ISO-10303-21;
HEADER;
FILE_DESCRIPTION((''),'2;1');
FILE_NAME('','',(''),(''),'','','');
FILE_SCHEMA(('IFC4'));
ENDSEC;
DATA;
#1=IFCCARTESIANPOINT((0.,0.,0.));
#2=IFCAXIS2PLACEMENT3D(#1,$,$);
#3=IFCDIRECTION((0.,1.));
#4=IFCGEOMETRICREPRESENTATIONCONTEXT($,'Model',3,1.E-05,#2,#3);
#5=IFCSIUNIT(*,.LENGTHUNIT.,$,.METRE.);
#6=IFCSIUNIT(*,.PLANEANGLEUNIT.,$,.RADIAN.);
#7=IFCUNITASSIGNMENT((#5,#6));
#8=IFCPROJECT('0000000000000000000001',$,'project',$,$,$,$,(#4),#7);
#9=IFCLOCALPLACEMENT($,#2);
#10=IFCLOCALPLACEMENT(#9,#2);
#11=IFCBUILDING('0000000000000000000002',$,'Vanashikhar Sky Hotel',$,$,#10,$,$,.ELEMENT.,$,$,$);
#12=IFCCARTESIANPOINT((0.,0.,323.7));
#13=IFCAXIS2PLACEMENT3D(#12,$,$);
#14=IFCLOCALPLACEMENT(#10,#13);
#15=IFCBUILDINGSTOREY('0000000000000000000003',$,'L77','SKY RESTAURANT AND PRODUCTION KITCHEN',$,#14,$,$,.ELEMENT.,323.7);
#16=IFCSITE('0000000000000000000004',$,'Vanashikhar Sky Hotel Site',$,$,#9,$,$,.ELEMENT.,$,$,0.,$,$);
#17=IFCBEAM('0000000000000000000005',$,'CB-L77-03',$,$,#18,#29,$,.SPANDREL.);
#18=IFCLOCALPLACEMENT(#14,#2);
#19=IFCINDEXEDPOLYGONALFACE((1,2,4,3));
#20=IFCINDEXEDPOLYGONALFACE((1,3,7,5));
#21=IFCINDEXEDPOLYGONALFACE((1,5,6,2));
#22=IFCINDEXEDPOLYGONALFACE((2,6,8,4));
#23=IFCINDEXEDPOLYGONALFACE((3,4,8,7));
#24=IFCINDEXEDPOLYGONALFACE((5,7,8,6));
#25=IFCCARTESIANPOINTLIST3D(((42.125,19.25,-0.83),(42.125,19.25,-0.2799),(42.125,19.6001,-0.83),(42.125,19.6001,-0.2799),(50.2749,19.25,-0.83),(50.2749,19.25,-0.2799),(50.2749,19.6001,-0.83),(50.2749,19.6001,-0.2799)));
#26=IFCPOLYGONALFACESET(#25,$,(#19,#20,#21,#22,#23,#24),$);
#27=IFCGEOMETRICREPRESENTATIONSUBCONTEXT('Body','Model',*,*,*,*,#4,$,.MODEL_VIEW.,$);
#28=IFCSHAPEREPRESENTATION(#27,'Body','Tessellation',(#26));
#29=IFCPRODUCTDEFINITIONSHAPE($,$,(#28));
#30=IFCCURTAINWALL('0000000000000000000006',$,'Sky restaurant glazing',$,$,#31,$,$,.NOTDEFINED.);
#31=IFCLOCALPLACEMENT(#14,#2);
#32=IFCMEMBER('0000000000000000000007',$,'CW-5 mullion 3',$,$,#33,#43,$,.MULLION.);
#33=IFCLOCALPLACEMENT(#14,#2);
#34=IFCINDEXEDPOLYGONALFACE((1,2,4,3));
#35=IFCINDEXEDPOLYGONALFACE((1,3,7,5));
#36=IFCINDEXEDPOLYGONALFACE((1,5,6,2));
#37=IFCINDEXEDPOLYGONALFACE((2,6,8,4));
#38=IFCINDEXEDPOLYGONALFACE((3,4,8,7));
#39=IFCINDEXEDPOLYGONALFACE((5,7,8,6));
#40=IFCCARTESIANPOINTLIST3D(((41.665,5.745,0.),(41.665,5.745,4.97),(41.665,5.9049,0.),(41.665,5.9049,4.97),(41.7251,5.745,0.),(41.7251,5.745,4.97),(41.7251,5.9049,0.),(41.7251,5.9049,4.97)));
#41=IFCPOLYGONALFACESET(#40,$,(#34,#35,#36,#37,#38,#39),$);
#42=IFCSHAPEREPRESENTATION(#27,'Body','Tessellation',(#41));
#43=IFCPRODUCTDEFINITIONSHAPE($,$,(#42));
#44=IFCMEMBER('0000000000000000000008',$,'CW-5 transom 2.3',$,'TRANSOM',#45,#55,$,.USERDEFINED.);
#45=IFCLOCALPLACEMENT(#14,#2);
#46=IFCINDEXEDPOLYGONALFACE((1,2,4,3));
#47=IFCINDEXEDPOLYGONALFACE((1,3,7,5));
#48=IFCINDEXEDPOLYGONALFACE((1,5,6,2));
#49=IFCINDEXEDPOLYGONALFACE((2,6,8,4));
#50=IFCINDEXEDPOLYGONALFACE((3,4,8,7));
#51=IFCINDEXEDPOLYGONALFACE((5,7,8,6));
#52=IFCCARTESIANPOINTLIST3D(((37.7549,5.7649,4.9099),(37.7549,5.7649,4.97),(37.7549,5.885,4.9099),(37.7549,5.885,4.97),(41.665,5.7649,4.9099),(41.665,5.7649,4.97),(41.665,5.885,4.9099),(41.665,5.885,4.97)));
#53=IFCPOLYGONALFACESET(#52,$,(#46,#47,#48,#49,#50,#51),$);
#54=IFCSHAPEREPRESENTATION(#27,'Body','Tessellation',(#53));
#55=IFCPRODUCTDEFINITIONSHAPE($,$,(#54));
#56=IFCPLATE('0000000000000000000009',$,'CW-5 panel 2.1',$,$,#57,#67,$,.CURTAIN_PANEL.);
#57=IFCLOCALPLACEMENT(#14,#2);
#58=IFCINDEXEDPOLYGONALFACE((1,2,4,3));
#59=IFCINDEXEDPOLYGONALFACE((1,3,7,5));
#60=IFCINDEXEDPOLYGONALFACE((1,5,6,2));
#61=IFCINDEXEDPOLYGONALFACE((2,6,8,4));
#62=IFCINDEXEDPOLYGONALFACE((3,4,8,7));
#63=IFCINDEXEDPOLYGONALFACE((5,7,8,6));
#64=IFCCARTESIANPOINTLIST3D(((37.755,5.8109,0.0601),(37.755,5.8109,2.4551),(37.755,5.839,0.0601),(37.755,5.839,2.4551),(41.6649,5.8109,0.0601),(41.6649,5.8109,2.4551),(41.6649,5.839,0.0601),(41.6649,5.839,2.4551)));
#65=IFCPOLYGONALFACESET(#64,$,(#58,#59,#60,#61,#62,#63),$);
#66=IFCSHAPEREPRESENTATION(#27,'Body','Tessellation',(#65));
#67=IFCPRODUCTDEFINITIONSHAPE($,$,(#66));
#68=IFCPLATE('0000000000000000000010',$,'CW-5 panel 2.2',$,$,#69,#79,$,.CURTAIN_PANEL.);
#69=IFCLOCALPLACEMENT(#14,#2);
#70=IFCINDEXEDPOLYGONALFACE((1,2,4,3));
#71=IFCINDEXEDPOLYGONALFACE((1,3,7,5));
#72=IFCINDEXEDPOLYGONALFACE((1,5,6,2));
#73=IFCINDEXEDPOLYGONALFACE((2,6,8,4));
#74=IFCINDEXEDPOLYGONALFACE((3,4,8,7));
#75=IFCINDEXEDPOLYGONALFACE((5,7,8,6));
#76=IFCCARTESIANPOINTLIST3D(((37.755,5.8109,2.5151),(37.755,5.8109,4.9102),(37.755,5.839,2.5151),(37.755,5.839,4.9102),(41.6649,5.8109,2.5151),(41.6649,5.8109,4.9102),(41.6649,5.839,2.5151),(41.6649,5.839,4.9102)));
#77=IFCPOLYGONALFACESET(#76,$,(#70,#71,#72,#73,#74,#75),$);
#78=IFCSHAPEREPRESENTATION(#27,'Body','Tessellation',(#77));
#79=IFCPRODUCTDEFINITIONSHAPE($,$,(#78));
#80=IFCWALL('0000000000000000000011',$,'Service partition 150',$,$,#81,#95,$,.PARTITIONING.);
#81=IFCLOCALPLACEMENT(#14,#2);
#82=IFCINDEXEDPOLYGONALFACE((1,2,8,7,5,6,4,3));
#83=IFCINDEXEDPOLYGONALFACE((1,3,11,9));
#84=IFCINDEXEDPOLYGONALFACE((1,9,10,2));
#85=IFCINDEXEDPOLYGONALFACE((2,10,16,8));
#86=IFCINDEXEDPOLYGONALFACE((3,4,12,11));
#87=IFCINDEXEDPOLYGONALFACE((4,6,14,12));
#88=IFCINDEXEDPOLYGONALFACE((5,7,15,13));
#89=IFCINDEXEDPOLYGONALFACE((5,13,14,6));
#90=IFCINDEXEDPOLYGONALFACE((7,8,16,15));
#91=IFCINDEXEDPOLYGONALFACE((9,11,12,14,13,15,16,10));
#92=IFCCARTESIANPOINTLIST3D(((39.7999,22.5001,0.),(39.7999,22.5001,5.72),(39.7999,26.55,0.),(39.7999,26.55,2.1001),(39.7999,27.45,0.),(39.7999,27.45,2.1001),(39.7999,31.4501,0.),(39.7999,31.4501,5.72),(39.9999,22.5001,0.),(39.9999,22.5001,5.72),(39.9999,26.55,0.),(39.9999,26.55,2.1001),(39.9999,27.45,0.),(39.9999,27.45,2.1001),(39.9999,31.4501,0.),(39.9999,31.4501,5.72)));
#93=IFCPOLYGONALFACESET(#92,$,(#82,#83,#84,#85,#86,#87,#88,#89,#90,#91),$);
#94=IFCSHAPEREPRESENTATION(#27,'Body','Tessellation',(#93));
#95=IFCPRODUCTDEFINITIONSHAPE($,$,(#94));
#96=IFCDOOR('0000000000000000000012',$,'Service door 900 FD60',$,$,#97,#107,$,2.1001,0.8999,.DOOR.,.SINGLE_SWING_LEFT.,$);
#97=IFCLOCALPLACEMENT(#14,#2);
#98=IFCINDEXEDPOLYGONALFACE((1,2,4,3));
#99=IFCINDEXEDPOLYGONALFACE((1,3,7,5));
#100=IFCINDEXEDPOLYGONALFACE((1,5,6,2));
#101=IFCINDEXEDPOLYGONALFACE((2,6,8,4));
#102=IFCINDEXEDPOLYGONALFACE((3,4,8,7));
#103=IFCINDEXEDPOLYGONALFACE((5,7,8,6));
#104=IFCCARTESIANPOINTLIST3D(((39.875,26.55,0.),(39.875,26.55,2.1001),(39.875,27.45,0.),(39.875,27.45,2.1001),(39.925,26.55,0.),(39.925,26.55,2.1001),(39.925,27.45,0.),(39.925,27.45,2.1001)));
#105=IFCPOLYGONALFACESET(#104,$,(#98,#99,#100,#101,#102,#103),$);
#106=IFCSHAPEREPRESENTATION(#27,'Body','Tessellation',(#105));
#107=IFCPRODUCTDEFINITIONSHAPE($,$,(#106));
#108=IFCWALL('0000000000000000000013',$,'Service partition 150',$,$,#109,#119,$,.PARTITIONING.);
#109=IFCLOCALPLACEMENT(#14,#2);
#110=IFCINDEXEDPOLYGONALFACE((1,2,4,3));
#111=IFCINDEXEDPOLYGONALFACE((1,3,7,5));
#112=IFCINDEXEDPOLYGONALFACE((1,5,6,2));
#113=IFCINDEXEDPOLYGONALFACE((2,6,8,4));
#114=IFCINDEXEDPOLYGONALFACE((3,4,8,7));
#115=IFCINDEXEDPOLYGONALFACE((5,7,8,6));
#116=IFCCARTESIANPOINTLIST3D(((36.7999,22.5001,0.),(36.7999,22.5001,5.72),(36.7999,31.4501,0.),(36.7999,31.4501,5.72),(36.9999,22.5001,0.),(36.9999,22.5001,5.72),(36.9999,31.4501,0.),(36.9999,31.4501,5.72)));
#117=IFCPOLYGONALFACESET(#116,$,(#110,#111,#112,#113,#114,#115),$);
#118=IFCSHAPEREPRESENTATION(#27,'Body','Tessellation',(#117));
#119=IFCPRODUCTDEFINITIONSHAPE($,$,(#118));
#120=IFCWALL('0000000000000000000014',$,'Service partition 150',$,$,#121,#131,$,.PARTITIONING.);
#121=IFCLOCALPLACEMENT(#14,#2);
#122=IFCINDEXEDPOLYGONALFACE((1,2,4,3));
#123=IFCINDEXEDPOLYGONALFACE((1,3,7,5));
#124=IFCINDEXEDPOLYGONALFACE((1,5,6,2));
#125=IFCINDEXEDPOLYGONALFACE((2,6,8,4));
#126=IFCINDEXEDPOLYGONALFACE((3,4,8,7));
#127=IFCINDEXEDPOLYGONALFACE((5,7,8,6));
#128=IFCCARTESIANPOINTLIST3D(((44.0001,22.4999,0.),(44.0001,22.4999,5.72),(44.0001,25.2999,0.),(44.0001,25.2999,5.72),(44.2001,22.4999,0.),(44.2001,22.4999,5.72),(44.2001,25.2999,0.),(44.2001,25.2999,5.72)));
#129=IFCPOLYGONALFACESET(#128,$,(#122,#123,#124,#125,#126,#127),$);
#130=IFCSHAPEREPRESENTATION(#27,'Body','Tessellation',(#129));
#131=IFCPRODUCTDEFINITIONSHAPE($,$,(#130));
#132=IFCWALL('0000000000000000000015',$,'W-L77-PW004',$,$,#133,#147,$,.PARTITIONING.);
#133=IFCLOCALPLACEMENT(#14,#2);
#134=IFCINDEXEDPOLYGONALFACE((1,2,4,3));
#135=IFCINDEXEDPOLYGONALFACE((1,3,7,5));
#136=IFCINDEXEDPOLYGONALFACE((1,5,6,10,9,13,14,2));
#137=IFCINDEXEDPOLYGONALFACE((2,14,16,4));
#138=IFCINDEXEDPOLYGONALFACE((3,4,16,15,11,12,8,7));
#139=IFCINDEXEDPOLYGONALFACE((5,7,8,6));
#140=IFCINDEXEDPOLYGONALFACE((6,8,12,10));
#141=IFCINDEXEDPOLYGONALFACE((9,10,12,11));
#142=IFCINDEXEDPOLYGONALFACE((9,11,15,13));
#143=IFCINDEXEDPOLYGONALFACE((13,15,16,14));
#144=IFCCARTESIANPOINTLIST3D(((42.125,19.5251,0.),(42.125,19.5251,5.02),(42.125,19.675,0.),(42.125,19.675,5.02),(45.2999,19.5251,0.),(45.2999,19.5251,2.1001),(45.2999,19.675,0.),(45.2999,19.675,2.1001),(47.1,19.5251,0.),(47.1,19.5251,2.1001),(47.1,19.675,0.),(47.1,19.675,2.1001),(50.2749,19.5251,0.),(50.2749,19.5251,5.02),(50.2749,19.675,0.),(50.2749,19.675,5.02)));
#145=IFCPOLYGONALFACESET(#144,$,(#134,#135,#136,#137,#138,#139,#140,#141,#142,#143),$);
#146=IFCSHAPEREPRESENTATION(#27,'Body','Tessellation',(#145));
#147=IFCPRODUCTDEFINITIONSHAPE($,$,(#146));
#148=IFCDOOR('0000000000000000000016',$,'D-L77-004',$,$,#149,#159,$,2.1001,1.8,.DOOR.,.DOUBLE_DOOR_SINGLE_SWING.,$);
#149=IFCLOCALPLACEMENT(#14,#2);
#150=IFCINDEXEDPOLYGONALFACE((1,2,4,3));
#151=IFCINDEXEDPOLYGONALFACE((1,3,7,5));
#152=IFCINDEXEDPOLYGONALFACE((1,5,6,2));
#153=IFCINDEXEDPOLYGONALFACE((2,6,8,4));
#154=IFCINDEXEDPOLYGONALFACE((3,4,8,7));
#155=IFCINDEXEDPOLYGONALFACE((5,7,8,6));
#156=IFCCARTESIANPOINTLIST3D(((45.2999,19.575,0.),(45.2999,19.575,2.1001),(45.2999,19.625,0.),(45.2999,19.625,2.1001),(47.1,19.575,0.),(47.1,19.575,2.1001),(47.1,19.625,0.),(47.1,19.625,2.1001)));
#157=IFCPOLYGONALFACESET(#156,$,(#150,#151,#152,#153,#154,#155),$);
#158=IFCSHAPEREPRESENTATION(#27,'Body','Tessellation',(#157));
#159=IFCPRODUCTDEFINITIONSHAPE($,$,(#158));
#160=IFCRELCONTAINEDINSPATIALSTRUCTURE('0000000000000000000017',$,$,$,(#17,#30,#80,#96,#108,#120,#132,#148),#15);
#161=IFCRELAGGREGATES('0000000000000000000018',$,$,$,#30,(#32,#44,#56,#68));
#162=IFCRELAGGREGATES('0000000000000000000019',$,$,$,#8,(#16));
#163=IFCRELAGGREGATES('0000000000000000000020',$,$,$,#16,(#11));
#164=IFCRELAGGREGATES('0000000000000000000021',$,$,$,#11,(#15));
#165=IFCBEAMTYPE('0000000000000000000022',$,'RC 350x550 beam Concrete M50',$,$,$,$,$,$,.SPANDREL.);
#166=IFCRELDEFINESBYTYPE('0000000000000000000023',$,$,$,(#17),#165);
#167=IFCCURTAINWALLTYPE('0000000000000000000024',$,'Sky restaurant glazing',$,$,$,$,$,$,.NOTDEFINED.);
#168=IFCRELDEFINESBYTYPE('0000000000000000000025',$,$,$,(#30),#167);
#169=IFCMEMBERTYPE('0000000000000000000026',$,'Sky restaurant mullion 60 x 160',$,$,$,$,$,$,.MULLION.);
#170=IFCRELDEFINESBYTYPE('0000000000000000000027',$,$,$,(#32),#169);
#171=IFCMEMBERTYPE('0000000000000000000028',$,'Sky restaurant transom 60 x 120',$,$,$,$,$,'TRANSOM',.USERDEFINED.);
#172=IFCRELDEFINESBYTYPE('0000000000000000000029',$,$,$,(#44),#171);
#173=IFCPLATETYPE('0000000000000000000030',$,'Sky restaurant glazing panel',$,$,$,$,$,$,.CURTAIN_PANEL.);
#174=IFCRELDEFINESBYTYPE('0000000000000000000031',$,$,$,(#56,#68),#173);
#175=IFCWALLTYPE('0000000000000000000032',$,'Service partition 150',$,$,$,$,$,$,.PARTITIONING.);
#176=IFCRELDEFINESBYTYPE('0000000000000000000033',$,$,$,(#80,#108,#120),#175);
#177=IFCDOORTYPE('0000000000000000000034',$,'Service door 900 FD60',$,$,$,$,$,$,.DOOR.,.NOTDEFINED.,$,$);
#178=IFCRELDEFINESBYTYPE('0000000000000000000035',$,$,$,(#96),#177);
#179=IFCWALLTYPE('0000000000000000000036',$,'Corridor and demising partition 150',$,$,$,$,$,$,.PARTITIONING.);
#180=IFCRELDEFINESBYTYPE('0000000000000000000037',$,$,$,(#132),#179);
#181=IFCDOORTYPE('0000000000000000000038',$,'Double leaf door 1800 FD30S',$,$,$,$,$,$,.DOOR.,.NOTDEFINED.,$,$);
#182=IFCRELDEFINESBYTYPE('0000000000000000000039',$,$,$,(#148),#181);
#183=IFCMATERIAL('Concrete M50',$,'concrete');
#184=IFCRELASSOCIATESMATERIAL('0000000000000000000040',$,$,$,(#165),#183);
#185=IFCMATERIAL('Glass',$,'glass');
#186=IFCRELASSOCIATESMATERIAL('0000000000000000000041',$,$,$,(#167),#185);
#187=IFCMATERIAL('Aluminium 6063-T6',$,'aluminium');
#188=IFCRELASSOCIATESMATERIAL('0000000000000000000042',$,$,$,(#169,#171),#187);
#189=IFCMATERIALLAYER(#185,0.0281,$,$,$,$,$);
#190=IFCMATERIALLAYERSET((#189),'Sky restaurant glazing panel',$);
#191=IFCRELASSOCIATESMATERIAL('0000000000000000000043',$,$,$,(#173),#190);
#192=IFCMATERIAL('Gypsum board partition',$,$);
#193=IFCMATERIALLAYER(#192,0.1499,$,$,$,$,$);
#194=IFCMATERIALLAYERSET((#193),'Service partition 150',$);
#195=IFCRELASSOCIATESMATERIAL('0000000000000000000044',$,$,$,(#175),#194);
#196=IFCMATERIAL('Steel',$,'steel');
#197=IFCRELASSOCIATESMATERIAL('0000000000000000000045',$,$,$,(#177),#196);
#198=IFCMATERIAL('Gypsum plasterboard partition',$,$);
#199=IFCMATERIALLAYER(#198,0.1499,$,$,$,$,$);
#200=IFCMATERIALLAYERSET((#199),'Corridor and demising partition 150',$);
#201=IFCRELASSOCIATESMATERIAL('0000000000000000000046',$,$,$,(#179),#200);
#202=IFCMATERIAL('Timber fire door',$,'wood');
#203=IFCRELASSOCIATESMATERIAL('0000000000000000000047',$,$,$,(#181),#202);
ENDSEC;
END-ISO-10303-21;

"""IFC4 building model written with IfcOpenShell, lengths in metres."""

from ifc_helpers import new_model, si_unit, direction, frame, frame_2d, origin, origin_2d, place, context, subcontext, project, spatial, rectangle, extrude, source, transform, mapped, material, layer, layer_set, material_profile, profile_set, type_object, element, fill, aggregate, save


model = new_model("IFC4")

# Units and contexts
model_context = context("Model", 3, precision=1e-05, world=origin(), true_north=direction((0.0, 1.0)))
body_context = subcontext(model_context, "Body", "Model", "MODEL_VIEW")
ifc_project = project(units=[si_unit("LENGTHUNIT", "METRE"), si_unit("PLANEANGLEUNIT", "RADIAN")], contexts=[model_context])

# Site, building, storey
site_placement = place(None, origin())
site = spatial("IfcSite", under=ifc_project, at=site_placement, Name="Vanashikhar Sky Hotel Site", CompositionType="ELEMENT", RefElevation=0.0)
building_placement = place(site_placement, origin())
building = spatial("IfcBuilding", under=site, at=building_placement, Name="Vanashikhar Sky Hotel", CompositionType="ELEMENT")
storey_placement = place(building_placement, frame((0.0, 0.0, 323.7)))
storey = spatial("IfcBuildingStorey", under=building, at=storey_placement, Name="L77", Description="SKY RESTAURANT AND PRODUCTION KITCHEN", CompositionType="ELEMENT", Elevation=323.7)

# Beam
ifc_material_1 = material(Name="Concrete M50", Category="concrete")
ifc_material_profile_1 = material_profile(ifc_material_1, rectangle(XDim=0.3501, YDim=0.55, at=origin_2d()))
ifc_profile_set_1 = profile_set([ifc_material_profile_1], Name="RC 350x550 beam Concrete M50")
beam_type = type_object("IfcBeamType", Name="RC 350x550 beam Concrete M50", PredefinedType="SPANDREL", material=ifc_profile_set_1)
shared_shape_1 = source(origin(), body_context, "Body", "SweptSolid", [
    extrude(rectangle(XDim=0.3501, YDim=0.55, at=origin_2d()), origin(), (0.0, 0.0, 1.0), 8.1499),
])
beam_placement = place(storey_placement, frame((42.125, 19.425, -0.5549), z_axis=(1.0, 0.0, 0.0), x_axis=(0.0, 1.0, 0.0)))
element("IfcBeam", 1, at=beam_placement, inside=storey, type_object=beam_type, Name="CB-L77-03", PredefinedType="SPANDREL", context=body_context, shape_type="MappedRepresentation", body=[
    mapped(shared_shape_1, transform((0.0, 0.0, 0.0), scale=1.0)),
])

# Curtain wall, members, plates
ifc_material_2 = material(Name="Glass", Category="glass")
curtain_wall_type = type_object("IfcCurtainWallType", Name="Sky restaurant glazing", PredefinedType="NOTDEFINED", material=ifc_material_2)
curtain_wall_placement = place(storey_placement, origin())
curtain_wall = element("IfcCurtainWall", 2, at=curtain_wall_placement, inside=storey, type_object=curtain_wall_type, Name="Sky restaurant glazing", PredefinedType="NOTDEFINED")
ifc_material_3 = material(Name="Aluminium 6063-T6", Category="aluminium")
ifc_material_profile_2 = material_profile(ifc_material_3, rectangle(XDim=0.1599, YDim=0.0601, at=origin_2d()))
ifc_profile_set_2 = profile_set([ifc_material_profile_2], Name="Aluminium 6063-T6")
member_type_1 = type_object("IfcMemberType", Name="Sky restaurant mullion 60 x 160", PredefinedType="MULLION", material=ifc_profile_set_2)
shared_shape_2 = source(origin(), body_context, "Body", "SweptSolid", [
    extrude(rectangle(XDim=0.1599, YDim=0.0601, at=origin_2d()), origin(), (0.0, 0.0, 1.0), 4.97),
])
member_1_placement = place(storey_placement, frame((41.6951, 5.825, 0.0), z_axis=(0.0, 0.0, 1.0), x_axis=(0.0, 1.0, 0.0)))
member_1 = element("IfcMember", 3, at=member_1_placement, type_object=member_type_1, Name="CW-5 mullion 3", PredefinedType="MULLION", context=body_context, shape_type="MappedRepresentation", body=[
    mapped(shared_shape_2, transform((0.0, 0.0, 0.0), scale=1.0)),
])
ifc_material_profile_3 = material_profile(ifc_material_3, rectangle(XDim=0.1201, YDim=0.0601, at=origin_2d()))
ifc_profile_set_3 = profile_set([ifc_material_profile_3], Name="Aluminium 6063-T6")
member_type_2 = type_object("IfcMemberType", Name="Sky restaurant transom 60 x 120", ElementType="TRANSOM", PredefinedType="USERDEFINED", material=ifc_profile_set_3)
shared_shape_3 = source(origin(), body_context, "Body", "SweptSolid", [
    extrude(rectangle(XDim=0.1201, YDim=0.0601, at=origin_2d()), origin(), (0.0, 0.0, 1.0), 3.9102),
])
member_2_placement = place(storey_placement, frame((37.7549, 5.825, 4.9399), z_axis=(1.0, 0.0, 0.0), x_axis=(0.0, 1.0, 0.0)))
member_2 = element("IfcMember", 4, at=member_2_placement, type_object=member_type_2, Name="CW-5 transom 2.3", ObjectType="TRANSOM", PredefinedType="USERDEFINED", context=body_context, shape_type="MappedRepresentation", body=[
    mapped(shared_shape_3, transform((0.0, 0.0, 0.0), scale=1.0)),
])
ifc_layer_1 = layer(ifc_material_2, 0.0281)
ifc_layer_set_1 = layer_set([ifc_layer_1], Name="Sky restaurant glazing panel")
plate_type = type_object("IfcPlateType", Name="Sky restaurant glazing panel", PredefinedType="CURTAIN_PANEL", material=ifc_layer_set_1)
shared_shape_4 = source(origin(), body_context, "Body", "SweptSolid", [
    extrude(rectangle(XDim=3.9099, YDim=0.0281, at=origin_2d()), origin(), (0.0, 0.0, 1.0), 2.395),
])
plate_1_placement = place(storey_placement, frame((39.71, 5.825, 0.0601), z_axis=(0.0, 0.0, 1.0), x_axis=(1.0, 0.0, 0.0)))
plate_1 = element("IfcPlate", 5, at=plate_1_placement, type_object=plate_type, Name="CW-5 panel 2.1", PredefinedType="CURTAIN_PANEL", context=body_context, shape_type="MappedRepresentation", body=[
    mapped(shared_shape_4, transform((0.0, 0.0, 0.0), scale=1.0)),
])
plate_2_placement = place(storey_placement, frame((39.71, 5.825, 2.5151), z_axis=(0.0, 0.0, 1.0), x_axis=(1.0, 0.0, 0.0)))
plate_2 = element("IfcPlate", 6, at=plate_2_placement, type_object=plate_type, Name="CW-5 panel 2.2", PredefinedType="CURTAIN_PANEL", context=body_context, shape_type="MappedRepresentation", body=[
    mapped(shared_shape_4, transform((0.0, 0.0, 0.0), scale=1.0)),
])
aggregate(curtain_wall, [member_1, member_2, plate_1, plate_2])

# Wall, opening, door
ifc_material_4 = material(Name="Gypsum board partition")
ifc_layer_2 = layer(ifc_material_4, 0.1499)
ifc_layer_set_2 = layer_set([ifc_layer_2], Name="Service partition 150")
wall_type_1 = type_object("IfcWallType", Name="Service partition 150", PredefinedType="PARTITIONING", material=ifc_layer_set_2)
shared_shape_5 = source(origin(), body_context, "Body", "SweptSolid", [
    extrude(rectangle(XDim=8.95, YDim=0.2, at=frame_2d((4.4751, 0.0))), origin(), (0.0, 0.0, 1.0), 5.72),
])
wall_1_placement = place(storey_placement, frame((39.8999, 22.5, 0.0), z_axis=(0.0, 0.0, 1.0), x_axis=(0.0, 1.0, 0.0)))
wall_1 = element("IfcWall", 7, at=wall_1_placement, inside=storey, type_object=wall_type_1, Name="Service partition 150", PredefinedType="PARTITIONING", context=body_context, shape_type="MappedRepresentation", body=[
    mapped(shared_shape_5, transform((0.0, 0.0, 0.0), scale=1.0)),
])
shared_shape_6 = source(origin(), body_context, "Body", "SweptSolid", [
    extrude(rectangle(XDim=0.8999, YDim=2.1001, at=frame_2d((0.45, 1.05))), frame((0.0, 0.1099, 0.0), z_axis=(0.0, -1.0, 0.0), x_axis=(1.0, 0.0, 0.0)), (0.0, 0.0, 1.0), 0.22),
])
opening_1_placement = place(wall_1_placement, frame((4.05, 0.0, 0.0)))
opening_1 = element("IfcOpeningElement", 8, at=opening_1_placement, cuts=wall_1, PredefinedType="OPENING", context=body_context, shape_type="MappedRepresentation", body=[
    mapped(shared_shape_6, transform((0.0, 0.0, 0.0), scale=1.0)),
])
ifc_material_5 = material(Name="Steel", Category="steel")
door_type_1 = type_object("IfcDoorType", Name="Service door 900 FD60", OperationType="NOTDEFINED", PredefinedType="DOOR", material=ifc_material_5)
shared_shape_7 = source(origin(), body_context, "Body", "SweptSolid", [
    extrude(rectangle(XDim=0.8999, YDim=2.1001, at=frame_2d((0.45, 1.05))), frame((0.0, 0.0249, 0.0), z_axis=(0.0, -1.0, 0.0), x_axis=(1.0, 0.0, 0.0)), (0.0, 0.0, 1.0), 0.05),
])
door_1_placement = place(opening_1_placement, origin())
door_1 = element("IfcDoor", 9, at=door_1_placement, inside=storey, type_object=door_type_1, Name="Service door 900 FD60", OperationType="SINGLE_SWING_LEFT", OverallHeight=2.1001, OverallWidth=0.8999, PredefinedType="DOOR", context=body_context, shape_type="MappedRepresentation", body=[
    mapped(shared_shape_7, transform((0.0, 0.0, 0.0), scale=1.0)),
])
fill(opening_1, door_1)

# Walls
wall_2_placement = place(storey_placement, frame((36.8999, 22.5, 0.0), z_axis=(0.0, 0.0, 1.0), x_axis=(0.0, 1.0, 0.0)))
element("IfcWall", 10, at=wall_2_placement, inside=storey, type_object=wall_type_1, Name="Service partition 150", PredefinedType="PARTITIONING", context=body_context, shape_type="MappedRepresentation", body=[
    mapped(shared_shape_5, transform((0.0, 0.0, 0.0), scale=1.0)),
])
shared_shape_8 = source(origin(), body_context, "Body", "SweptSolid", [
    extrude(rectangle(XDim=2.8, YDim=0.2, at=frame_2d((1.3999, 0.0))), origin(), (0.0, 0.0, 1.0), 5.72),
])
wall_3_placement = place(storey_placement, frame((44.1001, 22.5, 0.0), z_axis=(0.0, 0.0, 1.0), x_axis=(0.0, 1.0, 0.0)))
element("IfcWall", 11, at=wall_3_placement, inside=storey, type_object=wall_type_1, Name="Service partition 150", PredefinedType="PARTITIONING", context=body_context, shape_type="MappedRepresentation", body=[
    mapped(shared_shape_8, transform((0.0, 0.0, 0.0), scale=1.0)),
])

# Wall, opening, door
ifc_material_6 = material(Name="Gypsum plasterboard partition")
ifc_layer_3 = layer(ifc_material_6, 0.1499)
ifc_layer_set_3 = layer_set([ifc_layer_3], Name="Corridor and demising partition 150")
wall_type_2 = type_object("IfcWallType", Name="Corridor and demising partition 150", PredefinedType="PARTITIONING", material=ifc_layer_set_3)
shared_shape_9 = source(origin(), body_context, "Body", "SweptSolid", [
    extrude(rectangle(XDim=8.1499, YDim=0.1499, at=frame_2d((4.075, 0.0))), origin(), (0.0, 0.0, 1.0), 5.02),
])
wall_4_placement = place(storey_placement, frame((42.125, 19.6001, 0.0), z_axis=(0.0, 0.0, 1.0), x_axis=(1.0, 0.0, 0.0)))
wall_4 = element("IfcWall", 12, at=wall_4_placement, inside=storey, type_object=wall_type_2, Name="W-L77-PW004", PredefinedType="PARTITIONING", context=body_context, shape_type="MappedRepresentation", body=[
    mapped(shared_shape_9, transform((0.0, 0.0, 0.0), scale=1.0)),
])
shared_shape_10 = source(origin(), body_context, "Body", "SweptSolid", [
    extrude(rectangle(XDim=1.8, YDim=2.1001, at=frame_2d((0.8999, 1.05))), frame((0.0, 0.085, 0.0), z_axis=(0.0, -1.0, 0.0), x_axis=(1.0, 0.0, 0.0)), (0.0, 0.0, 1.0), 0.1699),
])
opening_2_placement = place(wall_4_placement, frame((3.175, 0.0, 0.0)))
opening_2 = element("IfcOpeningElement", 13, at=opening_2_placement, cuts=wall_4, PredefinedType="OPENING", context=body_context, shape_type="MappedRepresentation", body=[
    mapped(shared_shape_10, transform((0.0, 0.0, 0.0), scale=1.0)),
])
ifc_material_7 = material(Name="Timber fire door", Category="wood")
door_type_2 = type_object("IfcDoorType", Name="Double leaf door 1800 FD30S", OperationType="NOTDEFINED", PredefinedType="DOOR", material=ifc_material_7)
shared_shape_11 = source(origin(), body_context, "Body", "SweptSolid", [
    extrude(rectangle(XDim=1.8, YDim=2.1001, at=frame_2d((0.8999, 1.05))), frame((0.0, 0.0249, 0.0), z_axis=(0.0, -1.0, 0.0), x_axis=(1.0, 0.0, 0.0)), (0.0, 0.0, 1.0), 0.05),
])
door_2_placement = place(opening_2_placement, origin())
door_2 = element("IfcDoor", 14, at=door_2_placement, inside=storey, type_object=door_type_2, Name="D-L77-004", OperationType="DOUBLE_DOOR_SINGLE_SWING", OverallHeight=2.1001, OverallWidth=1.8, PredefinedType="DOOR", context=body_context, shape_type="MappedRepresentation", body=[
    mapped(shared_shape_11, transform((0.0, 0.0, 0.0), scale=1.0)),
])
fill(opening_2, door_2)

save(model, "model.ifc")
